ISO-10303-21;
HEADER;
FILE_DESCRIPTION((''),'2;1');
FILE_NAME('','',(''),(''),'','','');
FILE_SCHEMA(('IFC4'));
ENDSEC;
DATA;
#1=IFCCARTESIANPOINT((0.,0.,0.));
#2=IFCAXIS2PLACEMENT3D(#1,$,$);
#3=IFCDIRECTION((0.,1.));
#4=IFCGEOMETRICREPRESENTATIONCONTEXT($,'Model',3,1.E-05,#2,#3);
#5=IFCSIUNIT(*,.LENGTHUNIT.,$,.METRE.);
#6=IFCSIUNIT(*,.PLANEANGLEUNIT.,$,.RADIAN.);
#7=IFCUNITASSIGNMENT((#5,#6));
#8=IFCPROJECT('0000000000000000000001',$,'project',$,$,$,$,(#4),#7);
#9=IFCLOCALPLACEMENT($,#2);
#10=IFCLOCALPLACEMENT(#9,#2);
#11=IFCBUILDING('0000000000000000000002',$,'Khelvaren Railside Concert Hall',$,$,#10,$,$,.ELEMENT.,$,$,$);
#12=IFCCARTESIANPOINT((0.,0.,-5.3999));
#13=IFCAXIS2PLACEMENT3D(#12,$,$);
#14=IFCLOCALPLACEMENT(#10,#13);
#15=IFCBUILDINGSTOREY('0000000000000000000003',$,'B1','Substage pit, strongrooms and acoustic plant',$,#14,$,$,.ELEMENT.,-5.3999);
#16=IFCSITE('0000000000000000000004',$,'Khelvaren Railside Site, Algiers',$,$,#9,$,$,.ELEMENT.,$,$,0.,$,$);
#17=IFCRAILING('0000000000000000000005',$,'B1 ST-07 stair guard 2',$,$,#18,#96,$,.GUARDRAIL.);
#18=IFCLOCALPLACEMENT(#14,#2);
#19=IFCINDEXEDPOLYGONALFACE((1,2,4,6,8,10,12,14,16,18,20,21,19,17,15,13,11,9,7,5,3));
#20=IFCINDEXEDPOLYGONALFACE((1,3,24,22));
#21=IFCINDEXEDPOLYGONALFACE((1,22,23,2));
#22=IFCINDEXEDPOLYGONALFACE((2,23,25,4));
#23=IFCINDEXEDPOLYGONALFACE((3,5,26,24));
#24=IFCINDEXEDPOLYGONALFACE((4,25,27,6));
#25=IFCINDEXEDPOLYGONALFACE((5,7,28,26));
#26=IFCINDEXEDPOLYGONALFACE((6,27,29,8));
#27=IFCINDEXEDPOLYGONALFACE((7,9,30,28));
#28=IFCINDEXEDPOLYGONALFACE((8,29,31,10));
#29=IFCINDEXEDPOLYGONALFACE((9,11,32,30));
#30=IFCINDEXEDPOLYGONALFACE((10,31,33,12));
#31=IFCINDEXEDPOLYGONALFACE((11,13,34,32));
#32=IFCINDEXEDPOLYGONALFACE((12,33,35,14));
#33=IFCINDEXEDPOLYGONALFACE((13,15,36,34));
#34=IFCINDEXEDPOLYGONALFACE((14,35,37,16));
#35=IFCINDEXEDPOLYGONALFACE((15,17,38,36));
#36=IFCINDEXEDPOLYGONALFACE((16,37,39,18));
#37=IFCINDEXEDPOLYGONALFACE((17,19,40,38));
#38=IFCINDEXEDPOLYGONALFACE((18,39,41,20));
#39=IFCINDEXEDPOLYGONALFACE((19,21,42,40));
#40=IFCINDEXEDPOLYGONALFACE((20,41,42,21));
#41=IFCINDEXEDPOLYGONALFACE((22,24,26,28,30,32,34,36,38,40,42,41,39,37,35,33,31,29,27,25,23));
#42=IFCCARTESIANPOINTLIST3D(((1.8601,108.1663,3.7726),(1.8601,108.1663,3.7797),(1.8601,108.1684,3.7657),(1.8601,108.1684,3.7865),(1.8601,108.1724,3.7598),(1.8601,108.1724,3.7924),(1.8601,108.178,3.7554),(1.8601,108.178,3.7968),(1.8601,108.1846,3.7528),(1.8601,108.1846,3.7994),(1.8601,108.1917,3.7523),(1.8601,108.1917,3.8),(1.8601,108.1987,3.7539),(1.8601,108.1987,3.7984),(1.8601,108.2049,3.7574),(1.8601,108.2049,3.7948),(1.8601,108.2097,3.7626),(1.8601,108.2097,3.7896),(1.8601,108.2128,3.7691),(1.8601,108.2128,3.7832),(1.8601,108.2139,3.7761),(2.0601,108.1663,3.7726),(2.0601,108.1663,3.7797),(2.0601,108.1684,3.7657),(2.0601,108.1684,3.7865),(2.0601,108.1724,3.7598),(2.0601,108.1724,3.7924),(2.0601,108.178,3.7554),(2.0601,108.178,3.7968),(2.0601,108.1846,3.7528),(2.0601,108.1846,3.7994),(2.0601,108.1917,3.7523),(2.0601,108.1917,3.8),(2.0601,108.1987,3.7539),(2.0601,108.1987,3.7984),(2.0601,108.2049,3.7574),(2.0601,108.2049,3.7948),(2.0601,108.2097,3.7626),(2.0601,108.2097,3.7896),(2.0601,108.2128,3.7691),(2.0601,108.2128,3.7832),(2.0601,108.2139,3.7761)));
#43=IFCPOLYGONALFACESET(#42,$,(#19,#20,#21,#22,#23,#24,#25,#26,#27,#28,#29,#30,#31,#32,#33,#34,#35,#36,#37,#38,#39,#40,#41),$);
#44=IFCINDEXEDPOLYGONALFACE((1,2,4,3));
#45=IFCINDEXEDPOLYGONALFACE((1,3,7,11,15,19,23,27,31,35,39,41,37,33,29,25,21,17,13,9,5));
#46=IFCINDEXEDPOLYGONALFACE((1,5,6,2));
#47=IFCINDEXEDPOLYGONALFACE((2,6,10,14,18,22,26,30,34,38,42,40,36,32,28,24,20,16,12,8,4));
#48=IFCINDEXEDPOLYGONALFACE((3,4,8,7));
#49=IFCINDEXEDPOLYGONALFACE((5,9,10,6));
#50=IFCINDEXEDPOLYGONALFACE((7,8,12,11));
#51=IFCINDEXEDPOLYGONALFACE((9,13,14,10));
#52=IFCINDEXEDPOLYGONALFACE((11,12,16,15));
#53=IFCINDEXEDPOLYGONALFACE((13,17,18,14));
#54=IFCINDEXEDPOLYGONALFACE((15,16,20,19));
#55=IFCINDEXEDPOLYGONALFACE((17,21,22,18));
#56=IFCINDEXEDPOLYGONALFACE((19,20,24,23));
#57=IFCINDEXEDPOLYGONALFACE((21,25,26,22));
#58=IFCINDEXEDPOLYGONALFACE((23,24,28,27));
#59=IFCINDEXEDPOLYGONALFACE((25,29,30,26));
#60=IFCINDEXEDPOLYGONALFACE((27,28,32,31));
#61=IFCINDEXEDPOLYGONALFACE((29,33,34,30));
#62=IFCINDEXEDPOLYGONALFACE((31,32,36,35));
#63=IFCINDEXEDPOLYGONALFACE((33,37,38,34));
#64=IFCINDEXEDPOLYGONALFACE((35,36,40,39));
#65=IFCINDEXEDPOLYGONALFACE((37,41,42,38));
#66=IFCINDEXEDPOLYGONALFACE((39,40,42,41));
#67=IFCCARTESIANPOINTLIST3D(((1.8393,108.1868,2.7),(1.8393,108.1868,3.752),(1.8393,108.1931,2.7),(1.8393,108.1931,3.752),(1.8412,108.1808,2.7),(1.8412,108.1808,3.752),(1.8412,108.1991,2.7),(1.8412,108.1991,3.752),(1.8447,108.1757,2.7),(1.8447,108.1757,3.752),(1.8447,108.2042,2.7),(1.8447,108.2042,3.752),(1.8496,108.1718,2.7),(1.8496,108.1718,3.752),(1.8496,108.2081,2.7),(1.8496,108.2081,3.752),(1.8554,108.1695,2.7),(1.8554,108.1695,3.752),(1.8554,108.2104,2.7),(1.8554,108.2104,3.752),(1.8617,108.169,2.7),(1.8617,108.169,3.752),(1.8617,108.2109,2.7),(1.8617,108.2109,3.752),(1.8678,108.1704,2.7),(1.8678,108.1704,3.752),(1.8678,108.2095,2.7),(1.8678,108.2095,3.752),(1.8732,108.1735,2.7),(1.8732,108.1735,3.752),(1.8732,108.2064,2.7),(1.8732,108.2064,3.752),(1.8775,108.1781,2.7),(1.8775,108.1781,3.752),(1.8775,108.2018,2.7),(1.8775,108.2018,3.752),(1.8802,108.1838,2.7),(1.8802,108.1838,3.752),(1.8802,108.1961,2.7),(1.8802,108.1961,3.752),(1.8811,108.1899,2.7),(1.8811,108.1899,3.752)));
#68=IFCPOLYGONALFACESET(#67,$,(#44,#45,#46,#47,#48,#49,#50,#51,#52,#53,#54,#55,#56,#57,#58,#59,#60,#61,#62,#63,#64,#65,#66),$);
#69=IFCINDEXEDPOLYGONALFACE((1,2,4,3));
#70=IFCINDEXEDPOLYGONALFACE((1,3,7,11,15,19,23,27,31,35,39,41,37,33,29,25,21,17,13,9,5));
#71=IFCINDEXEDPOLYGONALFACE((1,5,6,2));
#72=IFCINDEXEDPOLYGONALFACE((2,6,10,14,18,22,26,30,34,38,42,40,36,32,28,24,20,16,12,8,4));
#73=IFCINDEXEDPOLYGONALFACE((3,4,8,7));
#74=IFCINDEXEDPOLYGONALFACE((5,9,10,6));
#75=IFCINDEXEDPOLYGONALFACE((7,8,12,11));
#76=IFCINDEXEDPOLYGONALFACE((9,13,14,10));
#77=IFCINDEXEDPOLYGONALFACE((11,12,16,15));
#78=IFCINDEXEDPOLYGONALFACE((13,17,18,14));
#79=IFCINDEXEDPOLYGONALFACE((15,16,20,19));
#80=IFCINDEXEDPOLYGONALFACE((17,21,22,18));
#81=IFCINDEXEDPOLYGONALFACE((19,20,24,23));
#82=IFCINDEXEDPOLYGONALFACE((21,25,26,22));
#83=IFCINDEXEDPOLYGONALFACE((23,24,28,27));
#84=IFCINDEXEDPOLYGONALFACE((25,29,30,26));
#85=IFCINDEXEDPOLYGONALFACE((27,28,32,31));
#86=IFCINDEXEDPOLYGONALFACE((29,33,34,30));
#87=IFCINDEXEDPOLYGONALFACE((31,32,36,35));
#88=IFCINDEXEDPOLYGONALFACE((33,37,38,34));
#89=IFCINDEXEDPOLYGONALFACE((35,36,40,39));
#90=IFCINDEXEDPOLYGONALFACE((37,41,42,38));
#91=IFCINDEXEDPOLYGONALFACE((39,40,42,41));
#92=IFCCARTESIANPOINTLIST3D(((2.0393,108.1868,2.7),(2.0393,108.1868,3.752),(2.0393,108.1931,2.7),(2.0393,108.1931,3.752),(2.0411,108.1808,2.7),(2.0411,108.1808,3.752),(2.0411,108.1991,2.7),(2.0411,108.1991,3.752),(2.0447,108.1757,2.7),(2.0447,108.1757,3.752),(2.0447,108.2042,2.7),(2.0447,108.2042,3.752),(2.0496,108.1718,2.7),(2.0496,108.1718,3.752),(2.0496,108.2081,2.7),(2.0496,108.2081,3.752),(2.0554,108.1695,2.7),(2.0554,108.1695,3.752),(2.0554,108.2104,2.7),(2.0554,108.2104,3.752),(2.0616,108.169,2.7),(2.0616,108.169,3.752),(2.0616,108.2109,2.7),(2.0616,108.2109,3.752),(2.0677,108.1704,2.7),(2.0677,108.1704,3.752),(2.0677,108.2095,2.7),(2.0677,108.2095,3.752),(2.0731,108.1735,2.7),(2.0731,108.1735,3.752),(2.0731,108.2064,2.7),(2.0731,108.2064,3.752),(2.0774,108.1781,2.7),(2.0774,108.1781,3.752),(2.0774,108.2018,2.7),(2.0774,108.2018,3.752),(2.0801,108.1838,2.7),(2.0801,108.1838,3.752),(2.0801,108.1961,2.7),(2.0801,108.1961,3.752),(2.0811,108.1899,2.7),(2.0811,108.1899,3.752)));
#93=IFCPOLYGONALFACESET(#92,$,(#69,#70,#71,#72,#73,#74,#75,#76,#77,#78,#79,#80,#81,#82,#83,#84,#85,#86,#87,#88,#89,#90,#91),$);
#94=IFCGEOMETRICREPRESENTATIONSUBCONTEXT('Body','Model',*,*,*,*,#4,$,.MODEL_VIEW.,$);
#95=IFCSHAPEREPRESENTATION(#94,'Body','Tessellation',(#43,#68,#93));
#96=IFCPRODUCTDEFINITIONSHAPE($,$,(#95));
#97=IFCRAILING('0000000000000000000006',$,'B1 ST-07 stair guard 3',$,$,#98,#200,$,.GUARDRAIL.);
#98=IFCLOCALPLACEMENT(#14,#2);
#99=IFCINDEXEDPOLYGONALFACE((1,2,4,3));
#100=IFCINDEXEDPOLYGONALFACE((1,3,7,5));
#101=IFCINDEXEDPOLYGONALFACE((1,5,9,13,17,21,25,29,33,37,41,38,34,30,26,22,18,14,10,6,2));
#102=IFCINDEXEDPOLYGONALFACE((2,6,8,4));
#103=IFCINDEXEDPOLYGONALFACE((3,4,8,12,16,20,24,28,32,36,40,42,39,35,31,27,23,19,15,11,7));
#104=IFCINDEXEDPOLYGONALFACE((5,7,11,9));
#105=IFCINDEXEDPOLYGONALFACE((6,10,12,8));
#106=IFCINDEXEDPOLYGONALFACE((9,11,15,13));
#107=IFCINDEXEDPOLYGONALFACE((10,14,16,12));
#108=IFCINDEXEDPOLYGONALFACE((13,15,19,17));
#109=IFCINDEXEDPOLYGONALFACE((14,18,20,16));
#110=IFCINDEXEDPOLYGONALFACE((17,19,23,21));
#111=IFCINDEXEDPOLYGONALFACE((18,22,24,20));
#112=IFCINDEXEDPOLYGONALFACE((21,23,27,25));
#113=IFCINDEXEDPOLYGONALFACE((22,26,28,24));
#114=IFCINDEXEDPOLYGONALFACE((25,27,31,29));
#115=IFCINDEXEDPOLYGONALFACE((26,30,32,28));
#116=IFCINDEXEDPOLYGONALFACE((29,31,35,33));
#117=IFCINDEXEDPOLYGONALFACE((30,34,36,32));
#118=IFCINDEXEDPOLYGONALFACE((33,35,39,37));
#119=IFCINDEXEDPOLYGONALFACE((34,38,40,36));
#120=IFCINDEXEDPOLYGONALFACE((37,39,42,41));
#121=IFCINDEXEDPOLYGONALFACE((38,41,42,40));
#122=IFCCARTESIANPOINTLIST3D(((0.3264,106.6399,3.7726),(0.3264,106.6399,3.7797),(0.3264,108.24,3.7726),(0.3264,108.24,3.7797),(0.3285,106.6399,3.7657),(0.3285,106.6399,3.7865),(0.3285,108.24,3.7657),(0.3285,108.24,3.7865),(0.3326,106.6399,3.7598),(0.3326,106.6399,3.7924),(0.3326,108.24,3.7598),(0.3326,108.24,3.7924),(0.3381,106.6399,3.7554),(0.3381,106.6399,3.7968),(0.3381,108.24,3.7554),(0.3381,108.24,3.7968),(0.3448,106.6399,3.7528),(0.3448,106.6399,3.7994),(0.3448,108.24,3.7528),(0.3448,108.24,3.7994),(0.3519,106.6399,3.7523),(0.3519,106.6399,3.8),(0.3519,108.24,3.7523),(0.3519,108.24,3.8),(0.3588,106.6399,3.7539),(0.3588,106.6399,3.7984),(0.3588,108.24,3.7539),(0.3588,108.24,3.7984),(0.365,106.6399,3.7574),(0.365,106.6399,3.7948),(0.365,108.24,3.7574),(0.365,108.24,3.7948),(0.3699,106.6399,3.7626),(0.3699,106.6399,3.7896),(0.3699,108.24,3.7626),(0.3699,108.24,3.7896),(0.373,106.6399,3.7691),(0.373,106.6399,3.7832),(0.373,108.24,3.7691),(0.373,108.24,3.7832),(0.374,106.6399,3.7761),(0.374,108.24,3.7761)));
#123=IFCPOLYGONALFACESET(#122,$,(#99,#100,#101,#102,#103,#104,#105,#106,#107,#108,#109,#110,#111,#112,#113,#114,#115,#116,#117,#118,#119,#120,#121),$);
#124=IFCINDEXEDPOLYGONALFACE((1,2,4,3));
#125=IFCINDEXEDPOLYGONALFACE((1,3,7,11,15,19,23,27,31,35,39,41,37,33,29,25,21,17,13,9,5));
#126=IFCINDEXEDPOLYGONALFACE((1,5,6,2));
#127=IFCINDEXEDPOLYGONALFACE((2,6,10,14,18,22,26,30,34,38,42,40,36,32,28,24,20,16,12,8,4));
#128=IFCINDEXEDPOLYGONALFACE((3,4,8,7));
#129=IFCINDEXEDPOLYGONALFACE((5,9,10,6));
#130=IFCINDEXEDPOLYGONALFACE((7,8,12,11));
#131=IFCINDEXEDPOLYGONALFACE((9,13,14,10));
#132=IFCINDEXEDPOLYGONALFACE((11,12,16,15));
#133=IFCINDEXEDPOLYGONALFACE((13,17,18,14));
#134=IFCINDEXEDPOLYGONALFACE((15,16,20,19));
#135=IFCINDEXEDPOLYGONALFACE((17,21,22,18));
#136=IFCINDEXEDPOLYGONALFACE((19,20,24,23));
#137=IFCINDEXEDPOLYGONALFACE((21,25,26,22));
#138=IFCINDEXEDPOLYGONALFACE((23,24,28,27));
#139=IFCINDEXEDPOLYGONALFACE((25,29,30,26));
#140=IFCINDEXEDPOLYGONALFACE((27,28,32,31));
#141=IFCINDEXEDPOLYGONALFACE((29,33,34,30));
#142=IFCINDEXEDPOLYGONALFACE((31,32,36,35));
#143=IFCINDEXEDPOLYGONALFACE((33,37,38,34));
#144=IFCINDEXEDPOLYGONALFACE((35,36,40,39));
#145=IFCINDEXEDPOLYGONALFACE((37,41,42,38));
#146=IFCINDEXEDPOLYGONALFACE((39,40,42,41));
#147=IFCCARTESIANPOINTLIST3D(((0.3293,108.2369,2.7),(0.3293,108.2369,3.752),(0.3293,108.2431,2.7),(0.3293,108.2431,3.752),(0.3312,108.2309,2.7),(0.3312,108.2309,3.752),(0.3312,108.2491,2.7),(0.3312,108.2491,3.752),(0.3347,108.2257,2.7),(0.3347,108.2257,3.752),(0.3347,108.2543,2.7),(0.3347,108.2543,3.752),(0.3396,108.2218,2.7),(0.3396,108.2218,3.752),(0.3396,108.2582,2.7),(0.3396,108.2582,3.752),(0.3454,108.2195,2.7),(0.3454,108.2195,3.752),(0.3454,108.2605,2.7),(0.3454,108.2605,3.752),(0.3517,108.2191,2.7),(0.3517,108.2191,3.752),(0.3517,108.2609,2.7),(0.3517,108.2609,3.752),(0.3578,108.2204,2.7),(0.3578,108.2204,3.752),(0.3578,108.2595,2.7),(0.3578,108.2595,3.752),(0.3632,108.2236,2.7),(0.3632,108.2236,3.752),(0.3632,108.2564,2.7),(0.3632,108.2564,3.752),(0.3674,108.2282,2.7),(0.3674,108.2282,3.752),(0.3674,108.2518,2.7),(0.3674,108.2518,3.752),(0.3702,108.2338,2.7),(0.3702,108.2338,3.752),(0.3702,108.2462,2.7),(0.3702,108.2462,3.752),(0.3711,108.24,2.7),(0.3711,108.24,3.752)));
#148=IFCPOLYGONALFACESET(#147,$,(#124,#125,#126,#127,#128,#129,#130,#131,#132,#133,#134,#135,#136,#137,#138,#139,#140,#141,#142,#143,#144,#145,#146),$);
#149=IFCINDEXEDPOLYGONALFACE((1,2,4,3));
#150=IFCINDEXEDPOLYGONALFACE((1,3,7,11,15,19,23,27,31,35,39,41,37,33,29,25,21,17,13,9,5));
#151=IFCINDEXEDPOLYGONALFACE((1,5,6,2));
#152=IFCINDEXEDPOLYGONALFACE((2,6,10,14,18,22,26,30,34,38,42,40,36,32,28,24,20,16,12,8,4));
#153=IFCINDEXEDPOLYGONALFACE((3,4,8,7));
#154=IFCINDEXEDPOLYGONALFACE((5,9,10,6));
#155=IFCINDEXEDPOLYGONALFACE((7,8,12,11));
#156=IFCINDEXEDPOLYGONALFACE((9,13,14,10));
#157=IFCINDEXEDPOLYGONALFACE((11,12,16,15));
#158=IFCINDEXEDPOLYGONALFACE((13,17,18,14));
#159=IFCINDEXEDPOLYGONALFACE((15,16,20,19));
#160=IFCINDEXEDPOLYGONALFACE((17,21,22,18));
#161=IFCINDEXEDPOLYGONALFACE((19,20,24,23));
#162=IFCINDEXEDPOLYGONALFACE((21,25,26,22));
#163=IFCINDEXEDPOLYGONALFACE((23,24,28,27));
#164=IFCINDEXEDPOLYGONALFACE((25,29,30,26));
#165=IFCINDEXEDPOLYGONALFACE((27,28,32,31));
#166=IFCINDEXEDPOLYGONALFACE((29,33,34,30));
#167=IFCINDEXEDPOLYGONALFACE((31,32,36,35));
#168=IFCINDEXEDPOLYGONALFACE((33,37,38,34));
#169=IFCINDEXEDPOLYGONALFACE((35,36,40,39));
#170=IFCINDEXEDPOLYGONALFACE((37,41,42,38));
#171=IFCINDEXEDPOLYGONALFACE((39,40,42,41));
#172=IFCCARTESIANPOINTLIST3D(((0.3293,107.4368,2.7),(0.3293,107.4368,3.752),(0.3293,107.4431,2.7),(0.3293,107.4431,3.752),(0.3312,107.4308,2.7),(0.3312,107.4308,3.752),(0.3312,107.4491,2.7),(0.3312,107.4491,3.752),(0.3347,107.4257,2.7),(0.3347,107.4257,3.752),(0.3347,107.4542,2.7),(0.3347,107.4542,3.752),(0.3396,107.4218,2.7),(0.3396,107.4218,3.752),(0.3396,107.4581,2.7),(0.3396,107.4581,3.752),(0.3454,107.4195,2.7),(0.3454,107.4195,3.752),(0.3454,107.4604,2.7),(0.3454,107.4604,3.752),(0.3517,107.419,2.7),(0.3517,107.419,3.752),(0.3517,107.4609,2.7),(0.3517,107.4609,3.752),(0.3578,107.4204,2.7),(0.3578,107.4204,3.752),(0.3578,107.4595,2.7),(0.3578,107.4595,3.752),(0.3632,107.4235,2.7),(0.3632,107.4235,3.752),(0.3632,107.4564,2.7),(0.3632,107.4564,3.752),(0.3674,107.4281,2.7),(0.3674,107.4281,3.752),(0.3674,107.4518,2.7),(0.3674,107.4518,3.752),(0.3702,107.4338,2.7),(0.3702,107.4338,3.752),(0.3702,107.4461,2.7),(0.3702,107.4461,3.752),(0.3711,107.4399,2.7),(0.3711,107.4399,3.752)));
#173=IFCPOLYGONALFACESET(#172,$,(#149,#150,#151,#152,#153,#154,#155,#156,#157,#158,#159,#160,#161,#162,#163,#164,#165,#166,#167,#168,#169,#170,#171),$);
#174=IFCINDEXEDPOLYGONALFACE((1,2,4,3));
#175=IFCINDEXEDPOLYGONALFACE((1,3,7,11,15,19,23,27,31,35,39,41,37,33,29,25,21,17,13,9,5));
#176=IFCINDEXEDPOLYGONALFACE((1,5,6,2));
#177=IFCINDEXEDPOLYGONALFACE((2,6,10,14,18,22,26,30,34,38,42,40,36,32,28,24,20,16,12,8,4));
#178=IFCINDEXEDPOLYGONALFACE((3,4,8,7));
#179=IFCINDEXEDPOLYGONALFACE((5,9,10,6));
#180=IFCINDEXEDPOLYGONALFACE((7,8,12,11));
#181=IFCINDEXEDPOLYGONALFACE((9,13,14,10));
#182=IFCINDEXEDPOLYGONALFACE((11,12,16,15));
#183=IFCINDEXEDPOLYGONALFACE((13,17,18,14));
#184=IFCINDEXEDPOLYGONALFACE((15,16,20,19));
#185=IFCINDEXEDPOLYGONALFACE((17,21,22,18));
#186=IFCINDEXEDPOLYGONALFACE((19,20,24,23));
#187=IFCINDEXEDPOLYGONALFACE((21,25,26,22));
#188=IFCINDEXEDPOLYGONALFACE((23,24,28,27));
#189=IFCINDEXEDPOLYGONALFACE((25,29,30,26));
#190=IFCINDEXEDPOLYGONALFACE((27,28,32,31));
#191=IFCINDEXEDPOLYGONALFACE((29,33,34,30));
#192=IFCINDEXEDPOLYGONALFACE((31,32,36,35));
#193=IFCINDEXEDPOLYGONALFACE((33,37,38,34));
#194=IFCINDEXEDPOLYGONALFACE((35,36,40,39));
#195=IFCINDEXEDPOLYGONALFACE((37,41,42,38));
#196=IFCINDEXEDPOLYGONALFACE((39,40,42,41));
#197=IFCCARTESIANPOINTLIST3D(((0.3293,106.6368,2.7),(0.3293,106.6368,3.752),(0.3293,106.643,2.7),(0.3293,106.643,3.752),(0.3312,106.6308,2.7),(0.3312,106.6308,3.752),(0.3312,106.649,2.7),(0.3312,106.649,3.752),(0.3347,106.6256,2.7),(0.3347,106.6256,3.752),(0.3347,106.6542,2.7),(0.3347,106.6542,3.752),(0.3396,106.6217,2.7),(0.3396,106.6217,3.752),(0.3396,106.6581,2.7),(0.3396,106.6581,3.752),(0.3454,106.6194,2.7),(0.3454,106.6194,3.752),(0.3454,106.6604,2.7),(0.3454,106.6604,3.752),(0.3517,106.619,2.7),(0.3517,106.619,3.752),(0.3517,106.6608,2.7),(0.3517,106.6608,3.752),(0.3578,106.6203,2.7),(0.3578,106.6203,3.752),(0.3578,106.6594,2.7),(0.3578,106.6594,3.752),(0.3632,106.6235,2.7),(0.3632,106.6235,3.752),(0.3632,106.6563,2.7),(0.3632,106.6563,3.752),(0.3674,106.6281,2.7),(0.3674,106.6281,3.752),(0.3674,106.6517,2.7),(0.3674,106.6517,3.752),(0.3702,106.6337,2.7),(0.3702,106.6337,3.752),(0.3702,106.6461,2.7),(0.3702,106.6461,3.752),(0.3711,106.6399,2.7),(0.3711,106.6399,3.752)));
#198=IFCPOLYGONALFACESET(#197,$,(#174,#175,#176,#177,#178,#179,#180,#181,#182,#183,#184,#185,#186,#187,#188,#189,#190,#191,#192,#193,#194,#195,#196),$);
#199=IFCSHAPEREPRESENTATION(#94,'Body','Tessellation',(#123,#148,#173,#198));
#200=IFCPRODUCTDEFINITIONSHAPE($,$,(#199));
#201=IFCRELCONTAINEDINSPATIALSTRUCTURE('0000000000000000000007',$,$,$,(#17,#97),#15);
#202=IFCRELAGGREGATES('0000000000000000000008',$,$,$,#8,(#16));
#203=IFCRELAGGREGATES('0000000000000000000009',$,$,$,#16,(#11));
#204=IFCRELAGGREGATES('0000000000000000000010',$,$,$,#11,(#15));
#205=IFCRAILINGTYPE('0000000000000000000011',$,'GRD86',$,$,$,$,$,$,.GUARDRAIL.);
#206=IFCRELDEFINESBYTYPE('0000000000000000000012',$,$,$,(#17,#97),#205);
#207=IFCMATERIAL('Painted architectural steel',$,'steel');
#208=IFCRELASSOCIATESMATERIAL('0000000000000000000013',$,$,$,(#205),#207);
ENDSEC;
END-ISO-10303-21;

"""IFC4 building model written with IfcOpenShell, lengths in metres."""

from ifc_helpers import new_model, si_unit, direction, frame, origin, origin_2d, place, context, subcontext, project, spatial, circle, extrude, material, type_object, element, save


model = new_model("IFC4")

# Units and contexts
model_context = context("Model", 3, precision=1e-05, world=origin(), true_north=direction((0.0, 1.0)))
body_context = subcontext(model_context, "Body", "Model", "MODEL_VIEW")
ifc_project = project(units=[si_unit("LENGTHUNIT", "METRE"), si_unit("PLANEANGLEUNIT", "RADIAN")], contexts=[model_context])

# Site, building, storey
site_placement = place(None, origin())
site = spatial("IfcSite", under=ifc_project, at=site_placement, Name="Khelvaren Railside Site, Algiers", CompositionType="ELEMENT", RefElevation=0.0)
building_placement = place(site_placement, origin())
building = spatial("IfcBuilding", under=site, at=building_placement, Name="Khelvaren Railside Concert Hall", CompositionType="ELEMENT")
storey_placement = place(building_placement, frame((0.0, 0.0, -5.3999)))
storey = spatial("IfcBuildingStorey", under=building, at=storey_placement, Name="B1", Description="Substage pit, strongrooms and acoustic plant", CompositionType="ELEMENT", Elevation=-5.3999)

# Railings
ifc_material_1 = material(Name="Painted architectural steel", Category="steel")
railing_type_1 = type_object("IfcRailingType", Name="GRD86", PredefinedType="GUARDRAIL", material=ifc_material_1)
railing_1_placement = place(storey_placement, frame((1.8601, 108.1899, 2.7)))
element("IfcRailing", 1, at=railing_1_placement, inside=storey, type_object=railing_type_1, Name="B1 ST-07 stair guard 2", PredefinedType="GUARDRAIL", context=body_context, shape_type="SweptSolid", body=[
    extrude(circle(Radius=0.0239, at=origin_2d()), frame((0.0, 0.0, 1.0762), z_axis=(1.0, 0.0, 0.0), x_axis=(0.0, 1.0, 0.0)), (0.0, 0.0, 1.0), 0.2),
    extrude(circle(Radius=0.021, at=origin_2d()), origin(), (0.0, 0.0, 1.0), 1.052),
    extrude(circle(Radius=0.021, at=origin_2d()), frame((0.2, 0.0, 0.0)), (0.0, 0.0, 1.0), 1.052),
])
for number, where, name in (
    (2, (0.3501, 108.24, 2.7), "B1 ST-07 stair guard 3"),
):
    element("IfcRailing", number, at=place(storey_placement, frame(where)), inside=storey, type_object=railing_type_1, Name=name, PredefinedType="GUARDRAIL", context=body_context, shape_type="SweptSolid", body=[
        extrude(circle(Radius=0.0239, at=origin_2d()), frame((0.0, 0.0, 1.0762), z_axis=(0.0, -1.0, 0.0), x_axis=(1.0, 0.0, 0.0)), (0.0, 0.0, 1.0), 1.6001),
        extrude(circle(Radius=0.021, at=origin_2d()), origin(), (0.0, 0.0, 1.0), 1.052),
        extrude(circle(Radius=0.021, at=origin_2d()), frame((0.0, -0.8, 0.0)), (0.0, 0.0, 1.0), 1.052),
        extrude(circle(Radius=0.021, at=origin_2d()), frame((0.0, -1.6001, 0.0)), (0.0, 0.0, 1.0), 1.052),
    ])

save(model, "model.ifc")
